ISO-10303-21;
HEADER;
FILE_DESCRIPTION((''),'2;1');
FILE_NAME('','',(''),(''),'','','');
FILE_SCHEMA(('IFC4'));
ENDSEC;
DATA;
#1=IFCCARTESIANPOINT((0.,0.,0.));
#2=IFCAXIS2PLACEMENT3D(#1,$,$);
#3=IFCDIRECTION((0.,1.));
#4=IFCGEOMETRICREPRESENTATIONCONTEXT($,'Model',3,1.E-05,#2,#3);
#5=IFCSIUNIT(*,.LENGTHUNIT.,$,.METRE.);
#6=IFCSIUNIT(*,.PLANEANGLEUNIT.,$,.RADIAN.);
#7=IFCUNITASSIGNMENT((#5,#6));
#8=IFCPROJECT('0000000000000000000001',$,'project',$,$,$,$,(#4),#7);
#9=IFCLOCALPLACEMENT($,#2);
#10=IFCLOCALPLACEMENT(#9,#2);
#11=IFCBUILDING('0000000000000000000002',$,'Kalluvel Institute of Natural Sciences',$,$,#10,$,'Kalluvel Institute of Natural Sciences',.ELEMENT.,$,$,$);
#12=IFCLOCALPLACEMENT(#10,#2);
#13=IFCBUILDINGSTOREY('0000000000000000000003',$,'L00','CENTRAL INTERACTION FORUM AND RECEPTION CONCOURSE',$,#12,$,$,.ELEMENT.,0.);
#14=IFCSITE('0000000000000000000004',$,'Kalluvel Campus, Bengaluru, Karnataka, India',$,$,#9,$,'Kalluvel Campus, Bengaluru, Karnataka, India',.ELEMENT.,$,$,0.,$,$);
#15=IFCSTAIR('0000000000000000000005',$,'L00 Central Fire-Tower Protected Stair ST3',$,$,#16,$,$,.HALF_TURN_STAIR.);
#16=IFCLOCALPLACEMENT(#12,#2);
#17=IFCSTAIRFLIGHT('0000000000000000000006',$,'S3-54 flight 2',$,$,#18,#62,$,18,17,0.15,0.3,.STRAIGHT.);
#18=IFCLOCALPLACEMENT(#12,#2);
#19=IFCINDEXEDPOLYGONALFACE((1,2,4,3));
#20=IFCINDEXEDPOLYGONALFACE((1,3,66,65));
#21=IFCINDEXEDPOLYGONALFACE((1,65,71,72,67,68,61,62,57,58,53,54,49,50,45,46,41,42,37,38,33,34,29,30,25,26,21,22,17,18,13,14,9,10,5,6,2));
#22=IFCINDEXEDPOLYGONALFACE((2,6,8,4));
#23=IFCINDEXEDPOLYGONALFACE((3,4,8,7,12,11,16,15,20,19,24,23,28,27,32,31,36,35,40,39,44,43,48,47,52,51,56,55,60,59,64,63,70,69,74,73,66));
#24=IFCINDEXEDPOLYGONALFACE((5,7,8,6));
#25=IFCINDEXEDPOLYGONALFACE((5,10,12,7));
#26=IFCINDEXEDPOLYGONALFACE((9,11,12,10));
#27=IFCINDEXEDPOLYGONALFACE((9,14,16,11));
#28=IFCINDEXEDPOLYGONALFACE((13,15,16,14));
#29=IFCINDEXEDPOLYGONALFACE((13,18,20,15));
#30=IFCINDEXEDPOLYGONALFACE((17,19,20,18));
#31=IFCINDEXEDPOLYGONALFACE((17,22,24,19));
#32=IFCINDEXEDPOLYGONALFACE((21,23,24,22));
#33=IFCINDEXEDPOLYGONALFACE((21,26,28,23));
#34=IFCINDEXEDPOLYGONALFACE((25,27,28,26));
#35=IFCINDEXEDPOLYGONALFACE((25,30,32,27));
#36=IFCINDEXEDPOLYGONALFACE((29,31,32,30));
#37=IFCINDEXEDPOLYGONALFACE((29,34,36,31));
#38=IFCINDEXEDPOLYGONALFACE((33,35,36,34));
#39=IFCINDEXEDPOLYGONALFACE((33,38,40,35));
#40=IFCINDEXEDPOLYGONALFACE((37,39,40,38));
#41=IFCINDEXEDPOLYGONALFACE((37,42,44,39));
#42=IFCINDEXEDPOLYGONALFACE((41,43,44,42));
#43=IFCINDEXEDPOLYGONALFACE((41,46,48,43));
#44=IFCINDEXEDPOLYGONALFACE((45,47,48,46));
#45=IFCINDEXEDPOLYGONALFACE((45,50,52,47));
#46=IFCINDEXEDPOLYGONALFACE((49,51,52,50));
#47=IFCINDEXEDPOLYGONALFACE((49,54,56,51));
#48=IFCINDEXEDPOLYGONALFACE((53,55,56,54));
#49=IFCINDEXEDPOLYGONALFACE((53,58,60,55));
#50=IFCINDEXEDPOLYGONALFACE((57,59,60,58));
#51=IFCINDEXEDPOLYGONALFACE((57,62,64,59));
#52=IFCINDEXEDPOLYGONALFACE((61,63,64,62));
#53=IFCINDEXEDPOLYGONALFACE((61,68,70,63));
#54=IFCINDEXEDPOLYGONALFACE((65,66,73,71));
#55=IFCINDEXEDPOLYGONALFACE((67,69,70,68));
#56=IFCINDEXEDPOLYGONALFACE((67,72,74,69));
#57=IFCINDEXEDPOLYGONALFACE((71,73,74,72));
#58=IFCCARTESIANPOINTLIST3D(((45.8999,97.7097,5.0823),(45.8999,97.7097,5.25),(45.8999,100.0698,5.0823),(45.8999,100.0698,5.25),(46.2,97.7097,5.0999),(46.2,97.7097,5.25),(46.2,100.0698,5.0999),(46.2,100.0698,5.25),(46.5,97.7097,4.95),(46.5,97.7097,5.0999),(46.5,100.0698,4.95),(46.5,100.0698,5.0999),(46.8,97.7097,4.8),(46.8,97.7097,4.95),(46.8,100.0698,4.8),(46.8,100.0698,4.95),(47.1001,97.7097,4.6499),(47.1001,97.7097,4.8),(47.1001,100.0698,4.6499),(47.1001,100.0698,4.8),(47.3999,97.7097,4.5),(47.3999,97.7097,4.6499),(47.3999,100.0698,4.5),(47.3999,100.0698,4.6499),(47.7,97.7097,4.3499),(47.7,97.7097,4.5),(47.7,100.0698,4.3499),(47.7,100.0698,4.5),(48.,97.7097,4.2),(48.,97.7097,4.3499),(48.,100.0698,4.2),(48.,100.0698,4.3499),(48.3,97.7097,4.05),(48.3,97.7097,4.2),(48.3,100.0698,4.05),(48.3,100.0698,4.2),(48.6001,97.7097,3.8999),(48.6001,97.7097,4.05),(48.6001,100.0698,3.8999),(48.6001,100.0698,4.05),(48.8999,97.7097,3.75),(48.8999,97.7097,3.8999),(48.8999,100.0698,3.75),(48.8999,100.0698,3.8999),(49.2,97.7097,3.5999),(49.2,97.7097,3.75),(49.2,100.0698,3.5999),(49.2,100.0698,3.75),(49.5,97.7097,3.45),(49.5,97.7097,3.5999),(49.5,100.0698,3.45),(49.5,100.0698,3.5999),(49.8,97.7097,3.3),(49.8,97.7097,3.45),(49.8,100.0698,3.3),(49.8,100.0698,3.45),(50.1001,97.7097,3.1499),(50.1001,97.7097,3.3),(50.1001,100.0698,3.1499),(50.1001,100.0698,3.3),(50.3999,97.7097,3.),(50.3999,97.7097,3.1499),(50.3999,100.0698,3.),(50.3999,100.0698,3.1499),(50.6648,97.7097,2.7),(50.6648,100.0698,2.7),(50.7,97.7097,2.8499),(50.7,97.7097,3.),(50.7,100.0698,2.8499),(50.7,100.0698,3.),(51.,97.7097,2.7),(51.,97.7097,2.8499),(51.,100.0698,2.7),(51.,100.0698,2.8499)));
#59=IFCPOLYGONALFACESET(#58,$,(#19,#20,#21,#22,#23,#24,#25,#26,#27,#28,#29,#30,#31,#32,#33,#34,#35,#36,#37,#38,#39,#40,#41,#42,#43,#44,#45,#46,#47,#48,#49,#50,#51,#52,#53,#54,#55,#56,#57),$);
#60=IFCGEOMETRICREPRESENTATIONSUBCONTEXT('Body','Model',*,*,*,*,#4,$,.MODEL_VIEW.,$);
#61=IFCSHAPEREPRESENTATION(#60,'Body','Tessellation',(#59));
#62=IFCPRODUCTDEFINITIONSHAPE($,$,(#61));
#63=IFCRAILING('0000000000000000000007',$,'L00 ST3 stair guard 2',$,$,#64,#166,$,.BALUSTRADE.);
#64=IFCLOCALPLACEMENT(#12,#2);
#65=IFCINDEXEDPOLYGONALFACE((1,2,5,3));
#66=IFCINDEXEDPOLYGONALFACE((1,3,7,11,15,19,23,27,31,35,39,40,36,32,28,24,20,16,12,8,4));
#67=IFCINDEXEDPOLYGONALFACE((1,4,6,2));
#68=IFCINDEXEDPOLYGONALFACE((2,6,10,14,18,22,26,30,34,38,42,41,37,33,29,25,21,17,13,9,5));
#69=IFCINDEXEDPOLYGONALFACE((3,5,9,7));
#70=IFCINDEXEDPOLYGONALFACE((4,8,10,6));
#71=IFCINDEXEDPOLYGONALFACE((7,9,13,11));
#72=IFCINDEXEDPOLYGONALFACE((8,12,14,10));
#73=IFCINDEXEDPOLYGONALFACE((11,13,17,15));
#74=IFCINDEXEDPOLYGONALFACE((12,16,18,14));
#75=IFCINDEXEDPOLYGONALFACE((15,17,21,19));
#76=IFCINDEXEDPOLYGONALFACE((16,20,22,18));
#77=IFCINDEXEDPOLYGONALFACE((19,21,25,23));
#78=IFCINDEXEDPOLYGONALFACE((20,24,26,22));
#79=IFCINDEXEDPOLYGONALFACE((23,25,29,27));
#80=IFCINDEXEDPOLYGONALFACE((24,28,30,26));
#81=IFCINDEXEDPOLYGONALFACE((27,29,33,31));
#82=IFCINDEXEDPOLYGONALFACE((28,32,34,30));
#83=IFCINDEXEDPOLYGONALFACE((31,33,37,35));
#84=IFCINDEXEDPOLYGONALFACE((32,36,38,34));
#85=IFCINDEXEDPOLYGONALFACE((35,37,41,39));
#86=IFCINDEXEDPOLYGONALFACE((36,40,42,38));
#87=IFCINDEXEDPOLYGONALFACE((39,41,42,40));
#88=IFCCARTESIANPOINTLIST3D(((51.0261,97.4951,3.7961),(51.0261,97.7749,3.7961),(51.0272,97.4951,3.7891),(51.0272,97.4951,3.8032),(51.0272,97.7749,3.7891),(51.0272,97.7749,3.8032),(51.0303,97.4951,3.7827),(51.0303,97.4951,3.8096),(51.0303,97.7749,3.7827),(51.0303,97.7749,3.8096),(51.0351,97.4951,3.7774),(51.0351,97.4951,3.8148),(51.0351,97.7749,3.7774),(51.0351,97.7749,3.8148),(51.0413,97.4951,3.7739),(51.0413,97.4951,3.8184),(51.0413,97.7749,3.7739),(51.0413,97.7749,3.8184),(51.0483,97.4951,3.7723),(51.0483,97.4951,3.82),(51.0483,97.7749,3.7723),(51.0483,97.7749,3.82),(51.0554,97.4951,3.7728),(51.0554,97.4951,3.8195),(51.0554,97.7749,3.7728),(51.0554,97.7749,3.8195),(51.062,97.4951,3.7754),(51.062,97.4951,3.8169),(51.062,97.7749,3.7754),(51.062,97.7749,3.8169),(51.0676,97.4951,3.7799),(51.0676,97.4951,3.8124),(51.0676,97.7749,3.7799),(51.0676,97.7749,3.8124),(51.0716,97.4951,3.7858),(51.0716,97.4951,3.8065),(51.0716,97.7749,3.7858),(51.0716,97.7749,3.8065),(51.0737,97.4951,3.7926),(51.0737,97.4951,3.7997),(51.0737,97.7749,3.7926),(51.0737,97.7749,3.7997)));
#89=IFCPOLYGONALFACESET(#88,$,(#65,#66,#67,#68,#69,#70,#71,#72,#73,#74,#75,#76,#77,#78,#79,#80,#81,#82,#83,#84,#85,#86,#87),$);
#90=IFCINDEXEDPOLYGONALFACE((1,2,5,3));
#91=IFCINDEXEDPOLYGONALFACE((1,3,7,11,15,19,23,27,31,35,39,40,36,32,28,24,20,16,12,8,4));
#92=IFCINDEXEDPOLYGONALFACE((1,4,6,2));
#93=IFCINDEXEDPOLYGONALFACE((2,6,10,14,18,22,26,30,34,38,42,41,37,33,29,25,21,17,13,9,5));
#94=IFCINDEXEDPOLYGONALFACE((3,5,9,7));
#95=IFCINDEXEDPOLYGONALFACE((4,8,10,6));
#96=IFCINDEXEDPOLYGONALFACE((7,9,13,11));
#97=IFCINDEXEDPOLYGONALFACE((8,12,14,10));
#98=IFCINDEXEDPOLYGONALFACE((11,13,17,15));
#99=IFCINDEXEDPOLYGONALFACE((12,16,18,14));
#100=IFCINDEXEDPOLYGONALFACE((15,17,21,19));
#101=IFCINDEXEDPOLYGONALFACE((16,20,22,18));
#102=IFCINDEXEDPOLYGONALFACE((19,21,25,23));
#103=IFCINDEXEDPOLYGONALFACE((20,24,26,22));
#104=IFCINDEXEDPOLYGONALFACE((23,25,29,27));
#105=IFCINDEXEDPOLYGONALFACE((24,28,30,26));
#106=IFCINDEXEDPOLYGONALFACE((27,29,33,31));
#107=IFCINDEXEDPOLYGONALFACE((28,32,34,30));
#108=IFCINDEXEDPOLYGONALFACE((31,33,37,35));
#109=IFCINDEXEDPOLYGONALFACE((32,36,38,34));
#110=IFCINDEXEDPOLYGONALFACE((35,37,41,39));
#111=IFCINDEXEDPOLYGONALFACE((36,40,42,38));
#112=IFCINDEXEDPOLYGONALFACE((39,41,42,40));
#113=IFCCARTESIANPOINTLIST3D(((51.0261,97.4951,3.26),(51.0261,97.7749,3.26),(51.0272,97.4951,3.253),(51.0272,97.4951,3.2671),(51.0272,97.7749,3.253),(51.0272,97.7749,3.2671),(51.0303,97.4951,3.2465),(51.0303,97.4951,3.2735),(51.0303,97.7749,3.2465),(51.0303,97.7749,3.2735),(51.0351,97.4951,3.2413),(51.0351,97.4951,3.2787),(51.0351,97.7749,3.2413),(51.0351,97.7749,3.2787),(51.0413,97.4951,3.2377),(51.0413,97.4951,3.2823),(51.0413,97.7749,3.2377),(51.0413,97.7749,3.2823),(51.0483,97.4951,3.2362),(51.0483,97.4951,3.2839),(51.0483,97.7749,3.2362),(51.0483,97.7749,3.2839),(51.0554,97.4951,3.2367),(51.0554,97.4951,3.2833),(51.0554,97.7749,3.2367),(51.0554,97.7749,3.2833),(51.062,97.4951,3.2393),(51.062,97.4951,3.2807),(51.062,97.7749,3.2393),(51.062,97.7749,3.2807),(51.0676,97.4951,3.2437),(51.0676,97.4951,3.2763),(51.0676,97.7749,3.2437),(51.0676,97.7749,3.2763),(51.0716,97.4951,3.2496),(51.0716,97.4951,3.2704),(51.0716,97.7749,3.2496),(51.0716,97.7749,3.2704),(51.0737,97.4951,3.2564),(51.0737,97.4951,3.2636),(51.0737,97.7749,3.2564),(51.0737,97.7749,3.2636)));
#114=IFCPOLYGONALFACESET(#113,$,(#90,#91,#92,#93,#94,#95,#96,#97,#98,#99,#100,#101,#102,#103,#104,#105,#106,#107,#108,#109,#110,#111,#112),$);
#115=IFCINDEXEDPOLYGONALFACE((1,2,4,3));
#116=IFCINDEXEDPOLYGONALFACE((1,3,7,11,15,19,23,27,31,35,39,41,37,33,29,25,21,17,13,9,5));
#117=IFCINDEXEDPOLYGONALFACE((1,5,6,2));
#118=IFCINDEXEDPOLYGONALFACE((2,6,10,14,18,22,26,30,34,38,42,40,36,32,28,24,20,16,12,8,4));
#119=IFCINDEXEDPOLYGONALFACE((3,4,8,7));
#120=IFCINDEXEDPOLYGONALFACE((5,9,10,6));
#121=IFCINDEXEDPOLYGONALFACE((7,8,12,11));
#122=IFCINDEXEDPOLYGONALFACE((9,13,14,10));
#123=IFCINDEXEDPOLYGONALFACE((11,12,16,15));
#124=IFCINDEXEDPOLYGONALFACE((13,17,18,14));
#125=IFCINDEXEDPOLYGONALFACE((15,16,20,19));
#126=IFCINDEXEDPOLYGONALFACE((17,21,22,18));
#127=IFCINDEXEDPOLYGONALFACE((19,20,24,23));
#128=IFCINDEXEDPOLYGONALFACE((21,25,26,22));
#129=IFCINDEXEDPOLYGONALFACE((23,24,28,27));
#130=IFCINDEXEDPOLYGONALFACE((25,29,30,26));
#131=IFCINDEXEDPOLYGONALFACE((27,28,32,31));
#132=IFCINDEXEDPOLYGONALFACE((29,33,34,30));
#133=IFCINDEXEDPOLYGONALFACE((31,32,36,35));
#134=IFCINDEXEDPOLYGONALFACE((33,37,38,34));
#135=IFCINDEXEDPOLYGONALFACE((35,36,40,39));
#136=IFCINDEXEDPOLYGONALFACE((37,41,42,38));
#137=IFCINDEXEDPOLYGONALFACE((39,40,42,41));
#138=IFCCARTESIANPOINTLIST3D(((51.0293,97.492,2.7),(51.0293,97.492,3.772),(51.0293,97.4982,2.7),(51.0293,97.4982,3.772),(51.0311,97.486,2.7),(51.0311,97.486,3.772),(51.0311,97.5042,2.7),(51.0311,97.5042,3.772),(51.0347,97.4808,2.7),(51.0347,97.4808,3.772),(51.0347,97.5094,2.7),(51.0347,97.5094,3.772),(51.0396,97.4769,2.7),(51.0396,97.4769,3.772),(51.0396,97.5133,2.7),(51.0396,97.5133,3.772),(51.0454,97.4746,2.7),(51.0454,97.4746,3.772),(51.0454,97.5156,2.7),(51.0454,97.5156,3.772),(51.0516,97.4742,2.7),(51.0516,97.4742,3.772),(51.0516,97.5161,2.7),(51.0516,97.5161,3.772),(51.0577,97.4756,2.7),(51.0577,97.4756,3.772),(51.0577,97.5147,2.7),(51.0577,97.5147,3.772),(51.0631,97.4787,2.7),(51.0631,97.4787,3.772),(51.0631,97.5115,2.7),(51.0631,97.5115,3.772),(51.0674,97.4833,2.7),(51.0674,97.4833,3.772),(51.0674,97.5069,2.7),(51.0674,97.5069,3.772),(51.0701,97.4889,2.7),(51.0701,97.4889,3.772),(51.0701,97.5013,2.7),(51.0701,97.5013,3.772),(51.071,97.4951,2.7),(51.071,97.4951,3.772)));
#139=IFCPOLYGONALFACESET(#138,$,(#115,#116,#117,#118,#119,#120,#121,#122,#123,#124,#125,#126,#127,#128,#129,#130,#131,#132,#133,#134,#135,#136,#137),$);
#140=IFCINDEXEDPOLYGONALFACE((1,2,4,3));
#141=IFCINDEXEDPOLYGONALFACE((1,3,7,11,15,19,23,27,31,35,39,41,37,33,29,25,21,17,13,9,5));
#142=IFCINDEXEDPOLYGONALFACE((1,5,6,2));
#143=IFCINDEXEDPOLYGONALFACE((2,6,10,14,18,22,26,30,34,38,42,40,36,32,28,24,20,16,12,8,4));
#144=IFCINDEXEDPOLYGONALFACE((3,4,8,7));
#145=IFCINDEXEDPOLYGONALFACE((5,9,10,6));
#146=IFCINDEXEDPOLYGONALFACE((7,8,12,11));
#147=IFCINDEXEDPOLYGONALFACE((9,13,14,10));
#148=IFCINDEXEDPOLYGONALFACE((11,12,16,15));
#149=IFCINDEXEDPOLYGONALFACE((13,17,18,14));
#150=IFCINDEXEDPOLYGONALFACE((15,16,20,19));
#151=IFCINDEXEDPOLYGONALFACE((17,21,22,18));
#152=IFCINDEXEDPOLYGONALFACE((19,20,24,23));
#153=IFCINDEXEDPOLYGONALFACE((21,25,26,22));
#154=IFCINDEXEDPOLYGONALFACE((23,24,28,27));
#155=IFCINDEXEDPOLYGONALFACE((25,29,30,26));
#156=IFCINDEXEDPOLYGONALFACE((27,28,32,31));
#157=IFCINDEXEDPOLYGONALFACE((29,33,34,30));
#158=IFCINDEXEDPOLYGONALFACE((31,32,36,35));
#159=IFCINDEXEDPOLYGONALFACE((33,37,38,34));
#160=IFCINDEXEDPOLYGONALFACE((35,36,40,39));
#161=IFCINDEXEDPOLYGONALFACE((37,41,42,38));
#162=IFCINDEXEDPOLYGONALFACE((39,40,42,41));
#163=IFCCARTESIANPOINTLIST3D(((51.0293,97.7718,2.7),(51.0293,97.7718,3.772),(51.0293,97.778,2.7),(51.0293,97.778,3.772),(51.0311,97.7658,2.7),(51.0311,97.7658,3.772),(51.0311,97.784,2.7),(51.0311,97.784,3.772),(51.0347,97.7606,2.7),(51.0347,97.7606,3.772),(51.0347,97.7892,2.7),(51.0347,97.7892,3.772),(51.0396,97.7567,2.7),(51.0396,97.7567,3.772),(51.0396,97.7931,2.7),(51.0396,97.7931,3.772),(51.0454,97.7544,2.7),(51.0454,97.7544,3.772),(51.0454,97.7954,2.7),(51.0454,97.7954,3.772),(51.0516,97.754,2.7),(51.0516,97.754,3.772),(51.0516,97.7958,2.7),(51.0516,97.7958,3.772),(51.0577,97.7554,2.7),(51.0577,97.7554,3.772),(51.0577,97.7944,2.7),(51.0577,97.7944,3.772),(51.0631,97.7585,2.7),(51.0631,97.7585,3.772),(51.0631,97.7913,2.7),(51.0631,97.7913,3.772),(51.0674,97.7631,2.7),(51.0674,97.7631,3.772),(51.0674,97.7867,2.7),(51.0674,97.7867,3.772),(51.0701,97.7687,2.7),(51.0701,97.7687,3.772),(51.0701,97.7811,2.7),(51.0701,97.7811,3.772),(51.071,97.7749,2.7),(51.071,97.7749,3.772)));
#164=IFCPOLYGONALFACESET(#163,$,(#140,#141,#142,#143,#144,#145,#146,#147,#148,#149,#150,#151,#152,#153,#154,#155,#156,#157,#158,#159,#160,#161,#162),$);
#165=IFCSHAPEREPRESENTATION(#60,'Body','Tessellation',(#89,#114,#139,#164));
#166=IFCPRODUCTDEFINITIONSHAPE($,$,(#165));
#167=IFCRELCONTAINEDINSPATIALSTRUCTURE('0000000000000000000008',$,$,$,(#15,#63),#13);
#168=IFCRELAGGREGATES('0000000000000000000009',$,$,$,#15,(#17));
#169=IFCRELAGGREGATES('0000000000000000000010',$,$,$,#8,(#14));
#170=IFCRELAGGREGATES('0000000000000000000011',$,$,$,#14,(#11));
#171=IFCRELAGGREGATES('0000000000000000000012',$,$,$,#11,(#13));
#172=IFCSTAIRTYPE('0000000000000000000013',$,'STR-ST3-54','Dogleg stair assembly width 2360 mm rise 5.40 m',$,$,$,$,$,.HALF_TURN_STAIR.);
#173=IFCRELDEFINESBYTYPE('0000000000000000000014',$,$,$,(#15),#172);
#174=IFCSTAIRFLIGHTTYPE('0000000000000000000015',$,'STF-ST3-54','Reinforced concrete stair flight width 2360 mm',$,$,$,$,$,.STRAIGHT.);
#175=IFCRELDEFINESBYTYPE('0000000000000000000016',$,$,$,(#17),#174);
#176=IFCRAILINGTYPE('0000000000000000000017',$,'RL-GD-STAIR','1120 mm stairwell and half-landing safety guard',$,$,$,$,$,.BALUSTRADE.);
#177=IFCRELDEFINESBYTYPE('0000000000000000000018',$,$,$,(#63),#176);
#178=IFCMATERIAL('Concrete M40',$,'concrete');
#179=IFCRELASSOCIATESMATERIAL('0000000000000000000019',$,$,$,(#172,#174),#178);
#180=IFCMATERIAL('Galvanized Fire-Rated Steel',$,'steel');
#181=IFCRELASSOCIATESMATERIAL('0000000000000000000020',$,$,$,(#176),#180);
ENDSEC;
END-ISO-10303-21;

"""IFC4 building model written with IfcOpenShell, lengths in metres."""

from ifc_helpers import new_model, si_unit, direction, frame, origin, origin_2d, place, context, subcontext, project, spatial, polyline, circle, outline, extrude, material, type_object, element, aggregate, save


model = new_model("IFC4")

# Units and contexts
model_context = context("Model", 3, precision=1e-05, world=origin(), true_north=direction((0.0, 1.0)))
body_context = subcontext(model_context, "Body", "Model", "MODEL_VIEW")
ifc_project = project(units=[si_unit("LENGTHUNIT", "METRE"), si_unit("PLANEANGLEUNIT", "RADIAN")], contexts=[model_context])

# Site, building, storey
site_placement = place(None, origin())
site = spatial("IfcSite", under=ifc_project, at=site_placement, Name="Kalluvel Campus, Bengaluru, Karnataka, India", LongName="Kalluvel Campus, Bengaluru, Karnataka, India", CompositionType="ELEMENT", RefElevation=0.0)
building_placement = place(site_placement, origin())
building = spatial("IfcBuilding", under=site, at=building_placement, Name="Kalluvel Institute of Natural Sciences", LongName="Kalluvel Institute of Natural Sciences", CompositionType="ELEMENT")
storey_placement = place(building_placement, origin())
storey = spatial("IfcBuildingStorey", under=building, at=storey_placement, Name="L00", Description="CENTRAL INTERACTION FORUM AND RECEPTION CONCOURSE", CompositionType="ELEMENT", Elevation=0.0)

# Shared definitions
ifc_material_1 = material(Name="Concrete M40", Category="concrete")

# Shared definitions
ifc_material_2 = material(Name="Galvanized Fire-Rated Steel", Category="steel")

# Stair, stair flight
stair_type = type_object("IfcStairType", Name="STR-ST3-54", Description="Dogleg stair assembly width 2360 mm rise 5.40 m", PredefinedType="HALF_TURN_STAIR", material=ifc_material_1)
stair_placement = place(storey_placement, origin())
stair = element("IfcStair", 1, at=stair_placement, inside=storey, type_object=stair_type, Name="L00 Central Fire-Tower Protected Stair ST3", PredefinedType="HALF_TURN_STAIR")
stair_flight_type = type_object("IfcStairFlightType", Name="STF-ST3-54", Description="Reinforced concrete stair flight width 2360 mm", PredefinedType="STRAIGHT", material=ifc_material_1)
stair_flight_placement = place(storey_placement, frame((51.0, 98.8899, 2.7), z_axis=(0.0, 0.0, 1.0), x_axis=(-1.0, 0.0, 0.0)))
stair_flight = element("IfcStairFlight", 2, at=stair_flight_placement, type_object=stair_flight_type, Name="S3-54 flight 2", NumberOfRisers=18, NumberOfTreads=17, PredefinedType="STRAIGHT", RiserHeight=0.15, TreadLength=0.3, context=body_context, shape_type="SweptSolid", body=[
    extrude(outline(polyline([(0.0, 0.0), (0.0, 0.1499), (0.3, 0.1499), (0.3, 0.3), (0.6001, 0.3), (0.6001, 0.45), (0.8999, 0.45), (0.8999, 0.6001), (1.2, 0.6001), (1.2, 0.75), (1.5, 0.75), (1.5, 0.8999), (1.8, 0.8999), (1.8, 1.05), (2.1001, 1.05), (2.1001, 1.2), (2.3999, 1.2), (2.3999, 1.3501), (2.7, 1.3501), (2.7, 1.5), (3.0, 1.5), (3.0, 1.6499), (3.3, 1.6499), (3.3, 1.8), (3.6001, 1.8), (3.6001, 1.95), (3.8999, 1.95), (3.8999, 2.1001), (4.2, 2.1001), (4.2, 2.25), (4.5, 2.25), (4.5, 2.3999), (4.8, 2.3999), (4.8, 2.55), (5.1001, 2.55), (5.1001, 2.7), (5.1001, 2.3823), (0.3352, 0.0), (0.0, 0.0)])), frame((0.0, 1.1802, 0.0), z_axis=(0.0, -1.0, 0.0), x_axis=(1.0, 0.0, 0.0)), (0.0, 0.0, 1.0), 2.3601),
])
aggregate(stair, [stair_flight])

# Railing
railing_type_1 = type_object("IfcRailingType", Name="RL-GD-STAIR", Description="1120 mm stairwell and half-landing safety guard", PredefinedType="BALUSTRADE", material=ifc_material_2)
railing_1_placement = place(storey_placement, frame((51.05, 97.4951, 2.7)))
element("IfcRailing", 3, at=railing_1_placement, inside=storey, type_object=railing_type_1, Name="L00 ST3 stair guard 2", PredefinedType="BALUSTRADE", context=body_context, shape_type="SweptSolid", body=[
    extrude(circle(Radius=0.0239, at=origin_2d()), frame((0.0, 0.0, 1.0962), z_axis=(0.0, 1.0, 0.0), x_axis=(-1.0, 0.0, 0.0)), (0.0, 0.0, 1.0), 0.2798),
    extrude(circle(Radius=0.0239, at=origin_2d()), frame((0.0, 0.0, 0.5601), z_axis=(0.0, 1.0, 0.0), x_axis=(-1.0, 0.0, 0.0)), (0.0, 0.0, 1.0), 0.2798),
    extrude(circle(Radius=0.021, at=origin_2d()), origin(), (0.0, 0.0, 1.0), 1.072),
    extrude(circle(Radius=0.021, at=origin_2d()), frame((0.0, 0.2798, 0.0)), (0.0, 0.0, 1.0), 1.072),
])

save(model, "model.ifc")
